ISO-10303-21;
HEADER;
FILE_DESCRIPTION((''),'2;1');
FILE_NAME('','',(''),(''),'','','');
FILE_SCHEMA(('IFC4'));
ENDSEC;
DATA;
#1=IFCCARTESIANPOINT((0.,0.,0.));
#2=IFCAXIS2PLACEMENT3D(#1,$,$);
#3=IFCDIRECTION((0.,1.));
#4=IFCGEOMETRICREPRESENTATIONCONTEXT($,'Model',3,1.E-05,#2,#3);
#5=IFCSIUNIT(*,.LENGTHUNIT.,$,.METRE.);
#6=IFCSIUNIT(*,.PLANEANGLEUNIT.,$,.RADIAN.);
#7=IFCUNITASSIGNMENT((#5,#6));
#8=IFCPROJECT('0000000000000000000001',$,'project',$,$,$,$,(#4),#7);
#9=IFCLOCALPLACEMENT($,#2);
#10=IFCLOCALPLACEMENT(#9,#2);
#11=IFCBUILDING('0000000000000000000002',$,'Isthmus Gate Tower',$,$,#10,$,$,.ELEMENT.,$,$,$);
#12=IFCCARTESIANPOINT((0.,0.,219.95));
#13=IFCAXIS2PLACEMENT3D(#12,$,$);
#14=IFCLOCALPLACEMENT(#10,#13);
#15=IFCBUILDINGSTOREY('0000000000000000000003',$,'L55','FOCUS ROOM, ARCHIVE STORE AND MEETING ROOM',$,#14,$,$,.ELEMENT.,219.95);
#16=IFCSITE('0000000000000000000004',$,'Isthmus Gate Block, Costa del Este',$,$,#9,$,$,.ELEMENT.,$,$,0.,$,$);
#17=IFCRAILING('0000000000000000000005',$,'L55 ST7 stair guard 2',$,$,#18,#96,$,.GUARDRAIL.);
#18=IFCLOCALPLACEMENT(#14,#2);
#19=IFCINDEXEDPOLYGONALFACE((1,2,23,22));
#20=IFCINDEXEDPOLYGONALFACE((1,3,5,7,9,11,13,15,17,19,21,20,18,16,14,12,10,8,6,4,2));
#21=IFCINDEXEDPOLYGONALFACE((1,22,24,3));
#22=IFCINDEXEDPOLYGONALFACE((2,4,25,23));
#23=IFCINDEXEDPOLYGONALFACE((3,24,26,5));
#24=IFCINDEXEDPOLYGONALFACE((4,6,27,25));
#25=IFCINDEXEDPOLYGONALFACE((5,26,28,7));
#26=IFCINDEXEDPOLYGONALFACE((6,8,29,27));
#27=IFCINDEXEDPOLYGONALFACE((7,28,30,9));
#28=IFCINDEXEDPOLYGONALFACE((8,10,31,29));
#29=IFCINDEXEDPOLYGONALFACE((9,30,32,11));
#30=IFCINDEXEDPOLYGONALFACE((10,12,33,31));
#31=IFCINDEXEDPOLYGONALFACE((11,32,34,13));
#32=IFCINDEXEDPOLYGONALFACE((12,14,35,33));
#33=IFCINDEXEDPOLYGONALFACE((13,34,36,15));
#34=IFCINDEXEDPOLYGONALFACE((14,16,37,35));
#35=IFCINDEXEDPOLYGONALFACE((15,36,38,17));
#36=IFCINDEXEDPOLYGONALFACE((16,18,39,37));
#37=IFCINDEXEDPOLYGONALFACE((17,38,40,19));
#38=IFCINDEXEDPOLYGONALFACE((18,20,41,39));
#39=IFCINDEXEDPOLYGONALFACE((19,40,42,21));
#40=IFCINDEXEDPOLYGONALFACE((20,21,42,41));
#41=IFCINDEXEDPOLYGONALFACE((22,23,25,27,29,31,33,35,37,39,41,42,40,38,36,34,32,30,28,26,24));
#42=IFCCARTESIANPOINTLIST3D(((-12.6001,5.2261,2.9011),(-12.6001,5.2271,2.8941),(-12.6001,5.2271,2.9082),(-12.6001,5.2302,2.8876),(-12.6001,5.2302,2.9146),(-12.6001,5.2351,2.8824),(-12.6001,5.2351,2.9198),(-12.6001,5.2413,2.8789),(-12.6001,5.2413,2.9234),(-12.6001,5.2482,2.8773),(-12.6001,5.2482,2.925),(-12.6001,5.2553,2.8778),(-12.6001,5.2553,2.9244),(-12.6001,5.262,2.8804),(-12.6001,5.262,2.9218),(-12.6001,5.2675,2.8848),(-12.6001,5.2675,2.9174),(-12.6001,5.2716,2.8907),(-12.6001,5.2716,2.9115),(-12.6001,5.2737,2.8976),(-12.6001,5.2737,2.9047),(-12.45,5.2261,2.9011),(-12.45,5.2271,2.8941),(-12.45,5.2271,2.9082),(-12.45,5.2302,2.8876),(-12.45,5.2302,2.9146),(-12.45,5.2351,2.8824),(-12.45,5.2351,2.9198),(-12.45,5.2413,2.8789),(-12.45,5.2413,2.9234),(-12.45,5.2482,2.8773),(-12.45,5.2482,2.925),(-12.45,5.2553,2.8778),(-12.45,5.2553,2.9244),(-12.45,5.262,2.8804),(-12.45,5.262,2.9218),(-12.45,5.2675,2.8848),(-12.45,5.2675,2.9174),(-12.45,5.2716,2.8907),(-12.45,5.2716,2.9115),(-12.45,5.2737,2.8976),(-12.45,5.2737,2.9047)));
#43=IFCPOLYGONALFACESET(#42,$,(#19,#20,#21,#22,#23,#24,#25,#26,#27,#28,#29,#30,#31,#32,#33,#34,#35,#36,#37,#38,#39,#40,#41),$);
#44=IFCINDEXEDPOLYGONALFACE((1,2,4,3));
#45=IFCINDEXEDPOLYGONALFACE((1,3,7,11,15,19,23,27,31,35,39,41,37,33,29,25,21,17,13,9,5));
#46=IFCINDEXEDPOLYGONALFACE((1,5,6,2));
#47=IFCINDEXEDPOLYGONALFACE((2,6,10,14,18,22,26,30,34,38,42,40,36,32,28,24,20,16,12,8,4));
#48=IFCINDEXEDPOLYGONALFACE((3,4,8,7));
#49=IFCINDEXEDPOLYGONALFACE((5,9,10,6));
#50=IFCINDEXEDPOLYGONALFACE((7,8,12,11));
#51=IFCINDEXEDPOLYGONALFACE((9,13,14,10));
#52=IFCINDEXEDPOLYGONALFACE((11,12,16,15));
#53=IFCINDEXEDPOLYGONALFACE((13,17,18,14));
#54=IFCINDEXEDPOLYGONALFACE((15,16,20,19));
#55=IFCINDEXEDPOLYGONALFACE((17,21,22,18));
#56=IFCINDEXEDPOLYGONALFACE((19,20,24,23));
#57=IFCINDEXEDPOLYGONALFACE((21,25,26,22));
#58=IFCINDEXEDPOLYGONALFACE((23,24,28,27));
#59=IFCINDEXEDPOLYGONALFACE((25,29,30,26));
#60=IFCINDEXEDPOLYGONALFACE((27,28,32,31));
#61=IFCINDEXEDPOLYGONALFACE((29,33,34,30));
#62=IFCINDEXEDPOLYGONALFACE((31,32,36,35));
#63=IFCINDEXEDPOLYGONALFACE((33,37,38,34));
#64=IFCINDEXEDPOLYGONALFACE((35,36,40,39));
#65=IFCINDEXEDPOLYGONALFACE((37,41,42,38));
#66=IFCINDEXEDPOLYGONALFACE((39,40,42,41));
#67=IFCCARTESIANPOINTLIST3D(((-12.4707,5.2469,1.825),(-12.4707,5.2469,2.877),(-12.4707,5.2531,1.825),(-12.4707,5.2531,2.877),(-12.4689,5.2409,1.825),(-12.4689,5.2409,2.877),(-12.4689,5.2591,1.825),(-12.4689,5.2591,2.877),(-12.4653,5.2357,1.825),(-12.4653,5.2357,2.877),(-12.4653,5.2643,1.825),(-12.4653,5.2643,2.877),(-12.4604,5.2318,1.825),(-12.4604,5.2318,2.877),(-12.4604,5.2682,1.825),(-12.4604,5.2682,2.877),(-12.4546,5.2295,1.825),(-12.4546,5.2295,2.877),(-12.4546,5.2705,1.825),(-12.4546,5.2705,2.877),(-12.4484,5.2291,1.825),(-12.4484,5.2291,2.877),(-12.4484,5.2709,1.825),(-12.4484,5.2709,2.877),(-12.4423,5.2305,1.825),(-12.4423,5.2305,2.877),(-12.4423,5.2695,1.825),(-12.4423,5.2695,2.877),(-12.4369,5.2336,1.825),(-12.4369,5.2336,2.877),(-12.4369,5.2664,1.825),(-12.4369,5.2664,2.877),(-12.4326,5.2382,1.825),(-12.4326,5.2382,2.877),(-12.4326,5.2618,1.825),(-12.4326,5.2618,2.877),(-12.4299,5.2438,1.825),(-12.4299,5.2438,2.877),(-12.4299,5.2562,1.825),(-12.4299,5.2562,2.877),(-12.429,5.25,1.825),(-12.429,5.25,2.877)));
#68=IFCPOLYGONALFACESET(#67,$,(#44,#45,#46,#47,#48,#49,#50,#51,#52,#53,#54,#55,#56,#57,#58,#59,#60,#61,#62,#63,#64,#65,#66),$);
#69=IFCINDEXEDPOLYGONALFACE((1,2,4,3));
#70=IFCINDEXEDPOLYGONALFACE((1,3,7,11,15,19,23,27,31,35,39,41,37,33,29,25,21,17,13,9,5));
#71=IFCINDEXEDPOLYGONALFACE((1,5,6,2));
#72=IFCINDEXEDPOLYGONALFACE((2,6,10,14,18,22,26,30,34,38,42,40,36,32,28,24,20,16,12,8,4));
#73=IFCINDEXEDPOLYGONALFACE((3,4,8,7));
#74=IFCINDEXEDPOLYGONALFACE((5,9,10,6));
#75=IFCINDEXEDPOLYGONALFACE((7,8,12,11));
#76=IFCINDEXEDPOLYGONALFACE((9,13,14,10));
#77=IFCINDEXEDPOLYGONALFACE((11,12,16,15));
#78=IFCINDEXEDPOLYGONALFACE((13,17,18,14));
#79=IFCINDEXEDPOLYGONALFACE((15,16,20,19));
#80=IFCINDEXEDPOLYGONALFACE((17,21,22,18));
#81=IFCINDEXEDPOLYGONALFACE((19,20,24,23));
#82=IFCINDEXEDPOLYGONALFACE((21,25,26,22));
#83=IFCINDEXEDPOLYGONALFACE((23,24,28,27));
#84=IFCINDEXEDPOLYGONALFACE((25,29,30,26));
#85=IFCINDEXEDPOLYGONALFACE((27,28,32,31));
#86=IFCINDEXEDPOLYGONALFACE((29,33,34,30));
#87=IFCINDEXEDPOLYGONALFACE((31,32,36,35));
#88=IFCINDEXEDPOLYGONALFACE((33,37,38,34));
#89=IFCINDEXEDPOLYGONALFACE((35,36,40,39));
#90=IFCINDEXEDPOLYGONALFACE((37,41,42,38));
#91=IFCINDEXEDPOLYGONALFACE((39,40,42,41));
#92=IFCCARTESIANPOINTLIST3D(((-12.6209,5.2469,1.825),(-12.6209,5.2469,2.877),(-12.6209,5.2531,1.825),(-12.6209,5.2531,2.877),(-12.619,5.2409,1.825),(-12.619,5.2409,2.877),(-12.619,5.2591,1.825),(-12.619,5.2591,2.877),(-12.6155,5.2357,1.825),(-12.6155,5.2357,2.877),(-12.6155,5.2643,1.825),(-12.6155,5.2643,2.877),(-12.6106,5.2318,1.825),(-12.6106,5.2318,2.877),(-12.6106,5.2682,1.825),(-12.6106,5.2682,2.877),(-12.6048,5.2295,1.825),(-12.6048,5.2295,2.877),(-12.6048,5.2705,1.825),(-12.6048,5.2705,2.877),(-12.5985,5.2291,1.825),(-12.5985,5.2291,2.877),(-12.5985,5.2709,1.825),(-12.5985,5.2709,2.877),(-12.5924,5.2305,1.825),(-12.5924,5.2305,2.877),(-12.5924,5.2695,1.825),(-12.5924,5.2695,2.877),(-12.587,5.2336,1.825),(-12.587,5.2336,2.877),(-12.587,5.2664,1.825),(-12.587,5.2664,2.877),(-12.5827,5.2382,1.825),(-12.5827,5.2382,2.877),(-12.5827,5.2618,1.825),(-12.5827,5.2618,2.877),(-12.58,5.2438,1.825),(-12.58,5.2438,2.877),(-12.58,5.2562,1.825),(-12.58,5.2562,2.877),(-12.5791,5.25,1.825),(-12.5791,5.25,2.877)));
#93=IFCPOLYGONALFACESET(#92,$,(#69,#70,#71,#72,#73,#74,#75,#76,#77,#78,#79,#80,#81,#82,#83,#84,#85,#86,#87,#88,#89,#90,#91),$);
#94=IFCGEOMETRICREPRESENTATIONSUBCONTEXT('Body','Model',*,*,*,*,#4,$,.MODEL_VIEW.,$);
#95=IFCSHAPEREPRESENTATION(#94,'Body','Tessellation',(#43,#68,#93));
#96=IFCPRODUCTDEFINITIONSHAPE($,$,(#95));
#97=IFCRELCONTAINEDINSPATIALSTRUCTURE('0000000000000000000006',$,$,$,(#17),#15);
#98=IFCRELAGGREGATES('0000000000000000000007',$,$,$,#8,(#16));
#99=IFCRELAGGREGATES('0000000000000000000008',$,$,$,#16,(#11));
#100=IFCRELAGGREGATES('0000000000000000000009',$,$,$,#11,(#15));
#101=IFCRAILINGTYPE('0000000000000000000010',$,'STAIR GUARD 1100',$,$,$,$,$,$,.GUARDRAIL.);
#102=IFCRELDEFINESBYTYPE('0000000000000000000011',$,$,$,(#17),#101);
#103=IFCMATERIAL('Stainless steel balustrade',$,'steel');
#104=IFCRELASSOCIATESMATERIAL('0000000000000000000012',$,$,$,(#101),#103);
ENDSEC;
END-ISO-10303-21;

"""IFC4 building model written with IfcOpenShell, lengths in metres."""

from ifc_helpers import new_model, si_unit, direction, frame, origin, origin_2d, place, context, subcontext, project, spatial, circle, extrude, material, type_object, element, save


model = new_model("IFC4")

# Units and contexts
model_context = context("Model", 3, precision=1e-05, world=origin(), true_north=direction((0.0, 1.0)))
body_context = subcontext(model_context, "Body", "Model", "MODEL_VIEW")
ifc_project = project(units=[si_unit("LENGTHUNIT", "METRE"), si_unit("PLANEANGLEUNIT", "RADIAN")], contexts=[model_context])

# Site, building, storey
site_placement = place(None, origin())
site = spatial("IfcSite", under=ifc_project, at=site_placement, Name="Isthmus Gate Block, Costa del Este", CompositionType="ELEMENT", RefElevation=0.0)
building_placement = place(site_placement, origin())
building = spatial("IfcBuilding", under=site, at=building_placement, Name="Isthmus Gate Tower", CompositionType="ELEMENT")
storey_placement = place(building_placement, frame((0.0, 0.0, 219.95)))
storey = spatial("IfcBuildingStorey", under=building, at=storey_placement, Name="L55", Description="FOCUS ROOM, ARCHIVE STORE AND MEETING ROOM", CompositionType="ELEMENT", Elevation=219.95)

# Railing
ifc_material_1 = material(Name="Stainless steel balustrade", Category="steel")
railing_type_1 = type_object("IfcRailingType", Name="STAIR GUARD 1100", PredefinedType="GUARDRAIL", material=ifc_material_1)
railing_1_placement = place(storey_placement, frame((-12.45, 5.25, 1.825)))
element("IfcRailing", 1, at=railing_1_placement, inside=storey, type_object=railing_type_1, Name="L55 ST7 stair guard 2", PredefinedType="GUARDRAIL", context=body_context, shape_type="SweptSolid", body=[
    extrude(circle(Radius=0.0239, at=origin_2d()), frame((0.0, 0.0, 1.0762), z_axis=(-1.0, 0.0, 0.0), x_axis=(0.0, -1.0, 0.0)), (0.0, 0.0, 1.0), 0.1501),
    extrude(circle(Radius=0.021, at=origin_2d()), origin(), (0.0, 0.0, 1.0), 1.052),
    extrude(circle(Radius=0.021, at=origin_2d()), frame((-0.1501, 0.0, 0.0)), (0.0, 0.0, 1.0), 1.052),
])

save(model, "model.ifc")
